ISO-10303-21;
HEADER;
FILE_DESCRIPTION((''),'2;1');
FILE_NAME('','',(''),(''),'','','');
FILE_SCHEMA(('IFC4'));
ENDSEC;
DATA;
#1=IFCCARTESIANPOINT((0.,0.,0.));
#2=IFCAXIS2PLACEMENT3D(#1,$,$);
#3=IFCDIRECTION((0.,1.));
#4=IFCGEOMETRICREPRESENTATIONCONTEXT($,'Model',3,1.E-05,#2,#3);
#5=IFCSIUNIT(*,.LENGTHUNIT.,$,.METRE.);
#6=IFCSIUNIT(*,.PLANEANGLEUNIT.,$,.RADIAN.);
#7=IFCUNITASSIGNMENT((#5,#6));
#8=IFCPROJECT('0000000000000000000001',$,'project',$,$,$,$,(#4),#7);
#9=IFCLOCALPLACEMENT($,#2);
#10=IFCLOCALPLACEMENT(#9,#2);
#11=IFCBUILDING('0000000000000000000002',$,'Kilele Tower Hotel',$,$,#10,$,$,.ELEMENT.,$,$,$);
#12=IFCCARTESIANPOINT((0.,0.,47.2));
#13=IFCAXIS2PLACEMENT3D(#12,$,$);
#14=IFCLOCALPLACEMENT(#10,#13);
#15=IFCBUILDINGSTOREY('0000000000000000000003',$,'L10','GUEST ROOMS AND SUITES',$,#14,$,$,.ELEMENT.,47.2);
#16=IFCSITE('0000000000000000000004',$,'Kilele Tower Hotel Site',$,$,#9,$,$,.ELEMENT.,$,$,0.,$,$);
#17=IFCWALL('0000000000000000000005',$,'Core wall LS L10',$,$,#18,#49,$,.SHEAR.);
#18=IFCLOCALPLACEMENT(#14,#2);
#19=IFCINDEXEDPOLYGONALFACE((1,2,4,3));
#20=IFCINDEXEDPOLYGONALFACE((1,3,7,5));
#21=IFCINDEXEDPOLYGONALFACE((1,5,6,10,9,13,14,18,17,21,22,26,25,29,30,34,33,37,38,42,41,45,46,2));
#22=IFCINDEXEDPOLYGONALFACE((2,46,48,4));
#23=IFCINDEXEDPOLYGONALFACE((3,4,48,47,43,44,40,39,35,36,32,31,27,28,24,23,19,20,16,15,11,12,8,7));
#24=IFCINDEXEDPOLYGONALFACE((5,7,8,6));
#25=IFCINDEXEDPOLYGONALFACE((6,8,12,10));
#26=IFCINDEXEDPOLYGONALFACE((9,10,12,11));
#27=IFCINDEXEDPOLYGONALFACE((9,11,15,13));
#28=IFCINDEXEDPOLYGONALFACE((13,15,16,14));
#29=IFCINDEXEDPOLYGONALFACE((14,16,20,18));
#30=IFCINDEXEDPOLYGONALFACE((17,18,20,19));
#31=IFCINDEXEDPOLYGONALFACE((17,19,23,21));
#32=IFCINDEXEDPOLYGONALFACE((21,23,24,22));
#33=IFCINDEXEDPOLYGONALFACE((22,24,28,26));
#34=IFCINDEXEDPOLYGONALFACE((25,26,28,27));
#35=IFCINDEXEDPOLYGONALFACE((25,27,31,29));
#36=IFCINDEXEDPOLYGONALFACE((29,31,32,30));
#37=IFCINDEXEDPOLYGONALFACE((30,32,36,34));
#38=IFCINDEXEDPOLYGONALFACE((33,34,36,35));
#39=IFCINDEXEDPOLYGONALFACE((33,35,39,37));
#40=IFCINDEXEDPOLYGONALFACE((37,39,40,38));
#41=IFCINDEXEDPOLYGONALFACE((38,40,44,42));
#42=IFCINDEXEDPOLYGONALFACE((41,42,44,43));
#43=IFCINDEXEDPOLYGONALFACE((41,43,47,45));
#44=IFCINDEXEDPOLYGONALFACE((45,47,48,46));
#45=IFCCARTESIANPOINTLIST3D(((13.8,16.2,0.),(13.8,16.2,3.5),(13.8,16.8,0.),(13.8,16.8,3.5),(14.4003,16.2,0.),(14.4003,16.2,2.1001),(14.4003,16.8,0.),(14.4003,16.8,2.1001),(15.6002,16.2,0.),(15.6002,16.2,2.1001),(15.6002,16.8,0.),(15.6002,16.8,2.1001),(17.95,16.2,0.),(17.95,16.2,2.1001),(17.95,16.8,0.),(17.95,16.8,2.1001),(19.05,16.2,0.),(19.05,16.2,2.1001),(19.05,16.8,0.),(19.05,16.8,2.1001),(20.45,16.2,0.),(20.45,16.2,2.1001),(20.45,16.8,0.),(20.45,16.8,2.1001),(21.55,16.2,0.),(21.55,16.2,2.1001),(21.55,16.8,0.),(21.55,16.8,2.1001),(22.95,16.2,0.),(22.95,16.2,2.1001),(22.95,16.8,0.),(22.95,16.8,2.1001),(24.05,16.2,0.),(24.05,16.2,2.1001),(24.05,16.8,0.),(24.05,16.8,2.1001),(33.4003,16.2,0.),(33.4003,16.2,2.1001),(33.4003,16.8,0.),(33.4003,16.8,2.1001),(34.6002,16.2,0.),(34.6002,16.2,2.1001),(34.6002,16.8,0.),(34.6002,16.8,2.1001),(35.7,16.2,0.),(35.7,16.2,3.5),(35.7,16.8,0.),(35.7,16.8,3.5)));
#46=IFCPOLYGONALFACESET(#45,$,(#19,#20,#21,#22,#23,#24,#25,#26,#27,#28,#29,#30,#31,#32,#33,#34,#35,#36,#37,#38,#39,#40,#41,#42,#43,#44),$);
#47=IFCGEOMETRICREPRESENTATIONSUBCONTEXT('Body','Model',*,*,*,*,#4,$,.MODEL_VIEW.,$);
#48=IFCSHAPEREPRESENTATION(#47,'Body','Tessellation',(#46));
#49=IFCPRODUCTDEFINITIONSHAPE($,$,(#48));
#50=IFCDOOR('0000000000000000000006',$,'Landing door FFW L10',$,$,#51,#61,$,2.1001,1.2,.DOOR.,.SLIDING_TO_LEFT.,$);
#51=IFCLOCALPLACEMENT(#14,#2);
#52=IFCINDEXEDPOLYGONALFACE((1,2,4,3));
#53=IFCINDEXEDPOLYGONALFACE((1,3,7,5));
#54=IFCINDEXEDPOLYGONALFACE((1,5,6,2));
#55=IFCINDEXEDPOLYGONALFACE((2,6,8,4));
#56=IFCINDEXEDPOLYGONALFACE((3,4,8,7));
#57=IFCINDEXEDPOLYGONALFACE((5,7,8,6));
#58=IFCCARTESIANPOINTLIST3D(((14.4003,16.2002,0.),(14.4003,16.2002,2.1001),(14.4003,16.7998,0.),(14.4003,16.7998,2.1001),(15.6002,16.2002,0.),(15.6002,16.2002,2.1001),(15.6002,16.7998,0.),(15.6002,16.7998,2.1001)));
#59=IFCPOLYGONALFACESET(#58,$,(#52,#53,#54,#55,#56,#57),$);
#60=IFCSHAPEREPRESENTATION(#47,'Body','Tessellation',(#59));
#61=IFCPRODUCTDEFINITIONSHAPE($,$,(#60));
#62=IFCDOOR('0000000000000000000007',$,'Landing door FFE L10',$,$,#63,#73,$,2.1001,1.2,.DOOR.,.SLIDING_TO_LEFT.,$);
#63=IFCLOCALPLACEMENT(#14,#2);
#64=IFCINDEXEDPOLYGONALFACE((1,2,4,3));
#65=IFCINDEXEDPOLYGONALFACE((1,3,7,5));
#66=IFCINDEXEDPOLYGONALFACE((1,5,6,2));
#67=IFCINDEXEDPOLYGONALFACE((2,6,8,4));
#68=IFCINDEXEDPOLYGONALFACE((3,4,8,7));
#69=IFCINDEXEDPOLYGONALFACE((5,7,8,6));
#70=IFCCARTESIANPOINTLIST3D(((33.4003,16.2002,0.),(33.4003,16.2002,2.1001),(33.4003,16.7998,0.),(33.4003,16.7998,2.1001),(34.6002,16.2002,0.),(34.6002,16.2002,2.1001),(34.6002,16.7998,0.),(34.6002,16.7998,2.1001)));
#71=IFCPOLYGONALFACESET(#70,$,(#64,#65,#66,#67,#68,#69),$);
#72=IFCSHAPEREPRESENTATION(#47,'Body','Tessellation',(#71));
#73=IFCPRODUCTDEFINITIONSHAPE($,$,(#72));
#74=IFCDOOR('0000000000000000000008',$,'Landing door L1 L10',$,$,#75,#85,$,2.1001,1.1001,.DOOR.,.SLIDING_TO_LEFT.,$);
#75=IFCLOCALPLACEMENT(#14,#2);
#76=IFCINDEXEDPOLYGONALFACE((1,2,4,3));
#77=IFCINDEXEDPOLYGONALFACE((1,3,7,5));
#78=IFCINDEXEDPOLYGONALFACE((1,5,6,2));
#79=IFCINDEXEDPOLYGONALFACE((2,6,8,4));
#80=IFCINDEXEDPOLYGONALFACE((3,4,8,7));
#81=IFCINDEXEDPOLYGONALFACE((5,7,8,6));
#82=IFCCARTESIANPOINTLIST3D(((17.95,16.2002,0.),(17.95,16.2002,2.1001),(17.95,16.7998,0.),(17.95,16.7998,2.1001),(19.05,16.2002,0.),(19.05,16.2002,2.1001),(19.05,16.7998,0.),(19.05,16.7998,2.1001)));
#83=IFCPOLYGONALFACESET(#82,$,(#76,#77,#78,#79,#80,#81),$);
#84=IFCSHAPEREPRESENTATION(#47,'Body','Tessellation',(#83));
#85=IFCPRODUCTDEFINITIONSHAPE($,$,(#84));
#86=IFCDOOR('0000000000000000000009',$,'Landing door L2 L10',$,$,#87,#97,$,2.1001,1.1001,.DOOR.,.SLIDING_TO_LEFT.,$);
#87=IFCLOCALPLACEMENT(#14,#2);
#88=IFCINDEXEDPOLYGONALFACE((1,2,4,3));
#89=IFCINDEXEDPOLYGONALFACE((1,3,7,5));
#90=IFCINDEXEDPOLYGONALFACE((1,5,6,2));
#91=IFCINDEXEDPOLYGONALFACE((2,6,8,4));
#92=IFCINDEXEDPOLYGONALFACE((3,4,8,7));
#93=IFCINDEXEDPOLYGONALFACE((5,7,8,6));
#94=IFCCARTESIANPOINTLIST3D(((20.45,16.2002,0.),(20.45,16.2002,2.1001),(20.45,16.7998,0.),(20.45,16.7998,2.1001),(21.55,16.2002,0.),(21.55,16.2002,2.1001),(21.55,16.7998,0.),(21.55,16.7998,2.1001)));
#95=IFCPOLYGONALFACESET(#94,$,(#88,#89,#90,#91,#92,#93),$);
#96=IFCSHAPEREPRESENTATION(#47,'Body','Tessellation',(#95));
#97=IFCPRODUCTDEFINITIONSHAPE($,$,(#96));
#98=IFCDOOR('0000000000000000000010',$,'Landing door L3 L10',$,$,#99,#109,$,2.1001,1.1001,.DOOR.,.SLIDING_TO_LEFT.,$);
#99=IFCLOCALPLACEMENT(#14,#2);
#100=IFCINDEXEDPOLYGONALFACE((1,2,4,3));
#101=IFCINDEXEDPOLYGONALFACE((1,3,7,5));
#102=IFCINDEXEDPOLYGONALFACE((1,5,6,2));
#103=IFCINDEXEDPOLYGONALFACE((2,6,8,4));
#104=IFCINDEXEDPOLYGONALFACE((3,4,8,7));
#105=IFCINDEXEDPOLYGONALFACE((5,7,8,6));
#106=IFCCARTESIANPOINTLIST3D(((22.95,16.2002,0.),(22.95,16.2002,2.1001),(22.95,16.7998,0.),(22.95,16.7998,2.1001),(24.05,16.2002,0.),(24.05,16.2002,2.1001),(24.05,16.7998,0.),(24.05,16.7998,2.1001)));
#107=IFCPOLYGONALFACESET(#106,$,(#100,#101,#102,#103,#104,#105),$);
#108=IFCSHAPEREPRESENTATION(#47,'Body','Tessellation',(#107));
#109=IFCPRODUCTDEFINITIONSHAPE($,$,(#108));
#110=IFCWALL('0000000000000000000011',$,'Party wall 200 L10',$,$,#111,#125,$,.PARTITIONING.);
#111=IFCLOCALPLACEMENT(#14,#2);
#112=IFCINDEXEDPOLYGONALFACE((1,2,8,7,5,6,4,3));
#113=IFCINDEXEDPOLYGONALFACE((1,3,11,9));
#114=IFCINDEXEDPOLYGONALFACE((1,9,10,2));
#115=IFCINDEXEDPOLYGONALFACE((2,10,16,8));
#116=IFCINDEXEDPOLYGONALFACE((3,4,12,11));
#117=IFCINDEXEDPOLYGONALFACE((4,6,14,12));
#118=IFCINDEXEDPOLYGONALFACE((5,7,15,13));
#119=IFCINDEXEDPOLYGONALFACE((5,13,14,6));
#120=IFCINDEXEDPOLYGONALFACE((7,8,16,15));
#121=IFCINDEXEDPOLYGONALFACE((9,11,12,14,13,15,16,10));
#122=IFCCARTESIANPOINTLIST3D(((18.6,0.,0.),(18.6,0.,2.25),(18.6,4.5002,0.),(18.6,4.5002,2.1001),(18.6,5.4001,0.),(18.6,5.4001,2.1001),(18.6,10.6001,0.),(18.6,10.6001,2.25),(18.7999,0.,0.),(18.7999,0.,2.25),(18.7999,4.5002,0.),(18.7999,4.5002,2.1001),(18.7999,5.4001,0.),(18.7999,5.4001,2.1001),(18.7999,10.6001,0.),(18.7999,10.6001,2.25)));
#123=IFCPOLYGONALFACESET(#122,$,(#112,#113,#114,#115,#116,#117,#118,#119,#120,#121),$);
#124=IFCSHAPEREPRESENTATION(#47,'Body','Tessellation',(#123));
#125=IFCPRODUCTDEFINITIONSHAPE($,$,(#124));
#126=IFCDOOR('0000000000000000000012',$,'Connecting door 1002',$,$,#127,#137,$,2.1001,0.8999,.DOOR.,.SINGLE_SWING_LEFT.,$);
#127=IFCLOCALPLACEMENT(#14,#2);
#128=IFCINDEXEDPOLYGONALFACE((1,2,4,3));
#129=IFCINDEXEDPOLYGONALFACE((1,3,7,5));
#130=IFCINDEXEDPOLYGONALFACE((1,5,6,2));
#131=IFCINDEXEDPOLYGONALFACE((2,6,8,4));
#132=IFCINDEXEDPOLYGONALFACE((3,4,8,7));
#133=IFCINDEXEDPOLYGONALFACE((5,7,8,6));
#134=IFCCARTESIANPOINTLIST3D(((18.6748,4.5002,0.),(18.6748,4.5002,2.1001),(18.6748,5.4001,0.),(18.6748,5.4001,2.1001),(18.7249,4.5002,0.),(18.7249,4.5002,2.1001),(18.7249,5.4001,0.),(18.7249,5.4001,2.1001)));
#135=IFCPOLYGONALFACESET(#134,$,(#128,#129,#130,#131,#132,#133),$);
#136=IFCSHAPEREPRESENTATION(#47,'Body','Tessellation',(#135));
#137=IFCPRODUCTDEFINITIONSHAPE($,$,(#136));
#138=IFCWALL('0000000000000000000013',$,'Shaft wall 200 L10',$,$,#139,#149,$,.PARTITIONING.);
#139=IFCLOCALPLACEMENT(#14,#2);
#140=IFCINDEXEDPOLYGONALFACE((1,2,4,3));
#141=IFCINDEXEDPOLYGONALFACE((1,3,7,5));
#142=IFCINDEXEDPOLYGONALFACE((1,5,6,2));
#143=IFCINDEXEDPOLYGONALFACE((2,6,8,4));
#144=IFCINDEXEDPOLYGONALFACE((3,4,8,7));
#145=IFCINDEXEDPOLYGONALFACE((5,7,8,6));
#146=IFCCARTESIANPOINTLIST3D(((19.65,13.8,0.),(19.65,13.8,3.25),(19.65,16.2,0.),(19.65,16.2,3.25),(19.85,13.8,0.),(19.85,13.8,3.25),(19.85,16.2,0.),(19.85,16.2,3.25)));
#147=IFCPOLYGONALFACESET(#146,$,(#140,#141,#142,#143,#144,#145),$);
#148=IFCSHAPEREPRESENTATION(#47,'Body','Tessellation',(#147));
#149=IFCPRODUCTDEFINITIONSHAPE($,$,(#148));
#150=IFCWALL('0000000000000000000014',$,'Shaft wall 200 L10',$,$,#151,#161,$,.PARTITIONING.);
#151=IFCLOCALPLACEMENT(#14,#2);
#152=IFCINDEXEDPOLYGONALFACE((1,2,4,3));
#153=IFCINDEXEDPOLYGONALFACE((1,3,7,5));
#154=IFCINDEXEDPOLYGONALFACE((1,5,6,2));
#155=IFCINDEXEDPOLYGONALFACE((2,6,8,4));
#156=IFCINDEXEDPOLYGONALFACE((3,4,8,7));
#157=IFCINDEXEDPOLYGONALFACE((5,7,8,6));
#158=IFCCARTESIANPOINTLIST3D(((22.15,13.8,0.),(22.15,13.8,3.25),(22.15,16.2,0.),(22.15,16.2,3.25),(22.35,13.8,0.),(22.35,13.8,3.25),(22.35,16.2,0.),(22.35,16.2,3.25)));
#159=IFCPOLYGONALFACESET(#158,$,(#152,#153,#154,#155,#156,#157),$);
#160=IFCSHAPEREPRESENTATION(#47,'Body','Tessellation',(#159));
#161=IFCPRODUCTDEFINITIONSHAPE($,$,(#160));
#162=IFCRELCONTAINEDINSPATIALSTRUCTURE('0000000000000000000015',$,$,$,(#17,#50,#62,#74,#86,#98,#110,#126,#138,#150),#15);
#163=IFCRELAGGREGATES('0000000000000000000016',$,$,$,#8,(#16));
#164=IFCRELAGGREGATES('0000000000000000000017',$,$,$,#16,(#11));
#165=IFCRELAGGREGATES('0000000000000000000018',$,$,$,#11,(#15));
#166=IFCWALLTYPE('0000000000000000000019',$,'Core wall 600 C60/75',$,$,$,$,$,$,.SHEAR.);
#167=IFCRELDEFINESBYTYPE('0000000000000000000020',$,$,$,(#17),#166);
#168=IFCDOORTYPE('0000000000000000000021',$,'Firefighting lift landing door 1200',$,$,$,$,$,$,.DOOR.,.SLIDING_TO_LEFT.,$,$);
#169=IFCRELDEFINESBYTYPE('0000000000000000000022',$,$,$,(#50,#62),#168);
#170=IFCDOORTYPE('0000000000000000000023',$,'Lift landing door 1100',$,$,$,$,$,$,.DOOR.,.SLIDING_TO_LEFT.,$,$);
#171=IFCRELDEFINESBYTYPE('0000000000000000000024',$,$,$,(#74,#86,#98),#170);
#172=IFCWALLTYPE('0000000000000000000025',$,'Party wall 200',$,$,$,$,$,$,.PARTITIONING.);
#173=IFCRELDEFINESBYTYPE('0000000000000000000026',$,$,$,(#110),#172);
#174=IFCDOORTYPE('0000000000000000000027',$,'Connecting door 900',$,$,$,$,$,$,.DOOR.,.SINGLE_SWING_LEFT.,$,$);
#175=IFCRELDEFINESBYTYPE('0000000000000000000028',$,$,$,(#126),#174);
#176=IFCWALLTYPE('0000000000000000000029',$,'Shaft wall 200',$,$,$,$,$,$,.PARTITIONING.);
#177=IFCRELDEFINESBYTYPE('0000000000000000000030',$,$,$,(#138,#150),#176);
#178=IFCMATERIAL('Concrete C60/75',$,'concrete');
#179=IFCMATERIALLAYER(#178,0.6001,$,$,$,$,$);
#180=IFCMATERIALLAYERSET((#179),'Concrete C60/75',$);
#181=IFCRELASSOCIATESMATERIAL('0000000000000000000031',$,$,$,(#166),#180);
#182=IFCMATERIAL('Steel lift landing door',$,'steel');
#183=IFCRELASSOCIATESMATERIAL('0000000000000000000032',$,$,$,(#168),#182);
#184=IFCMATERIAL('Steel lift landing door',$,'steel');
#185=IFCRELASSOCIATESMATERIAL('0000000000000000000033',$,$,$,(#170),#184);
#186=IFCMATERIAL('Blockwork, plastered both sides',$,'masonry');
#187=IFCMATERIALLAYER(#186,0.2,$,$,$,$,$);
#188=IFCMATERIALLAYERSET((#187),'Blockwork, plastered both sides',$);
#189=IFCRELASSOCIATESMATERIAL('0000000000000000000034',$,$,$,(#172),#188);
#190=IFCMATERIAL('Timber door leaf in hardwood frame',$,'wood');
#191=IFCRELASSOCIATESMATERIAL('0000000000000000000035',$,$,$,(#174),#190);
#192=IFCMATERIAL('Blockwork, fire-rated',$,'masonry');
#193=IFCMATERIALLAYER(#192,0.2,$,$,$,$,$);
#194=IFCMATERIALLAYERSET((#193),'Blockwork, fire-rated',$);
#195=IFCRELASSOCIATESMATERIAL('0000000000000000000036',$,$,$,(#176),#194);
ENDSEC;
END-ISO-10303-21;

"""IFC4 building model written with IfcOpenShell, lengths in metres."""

from ifc_helpers import new_model, si_unit, direction, frame, frame_2d, origin, place, context, subcontext, project, spatial, rectangle, extrude, material, layer, layer_set, type_object, element, fill, save


model = new_model("IFC4")

# Units and contexts
model_context = context("Model", 3, precision=1e-05, world=origin(), true_north=direction((0.0, 1.0)))
body_context = subcontext(model_context, "Body", "Model", "MODEL_VIEW")
ifc_project = project(units=[si_unit("LENGTHUNIT", "METRE"), si_unit("PLANEANGLEUNIT", "RADIAN")], contexts=[model_context])

# Site, building, storey
site_placement = place(None, origin())
site = spatial("IfcSite", under=ifc_project, at=site_placement, Name="Kilele Tower Hotel Site", CompositionType="ELEMENT", RefElevation=0.0)
building_placement = place(site_placement, origin())
building = spatial("IfcBuilding", under=site, at=building_placement, Name="Kilele Tower Hotel", CompositionType="ELEMENT")
storey_placement = place(building_placement, frame((0.0, 0.0, 47.2)))
storey = spatial("IfcBuildingStorey", under=building, at=storey_placement, Name="L10", Description="GUEST ROOMS AND SUITES", CompositionType="ELEMENT", Elevation=47.2)

# Shared definitions
ifc_material_1 = material(Name="Concrete C60/75", Category="concrete")
ifc_layer_1 = layer(ifc_material_1, 0.6001)
ifc_layer_set_1 = layer_set([ifc_layer_1], Name="Concrete C60/75")
wall_type_1 = type_object("IfcWallType", Name="Core wall 600 C60/75", PredefinedType="SHEAR", material=ifc_layer_set_1)

# Wall, openings, doors
wall_1_placement = place(storey_placement, frame((13.8, 16.5, 0.0), z_axis=(0.0, 0.0, 1.0), x_axis=(1.0, 0.0, 0.0)))
wall_1 = element("IfcWall", 1, at=wall_1_placement, inside=storey, type_object=wall_type_1, Name="Core wall LS L10", PredefinedType="SHEAR", context=body_context, shape_type="SweptSolid", body=[
    extrude(rectangle(XDim=21.8999, YDim=0.6001, at=frame_2d((10.95, 0.0))), origin(), (0.0, 0.0, 1.0), 3.5),
])
opening_1_placement = place(wall_1_placement, frame((4.1499, 0.0, 0.0)))
opening_1 = element("IfcOpeningElement", 2, at=opening_1_placement, cuts=wall_1, PredefinedType="OPENING", context=body_context, shape_type="SweptSolid", body=[
    extrude(rectangle(XDim=1.1001, YDim=2.1001, at=frame_2d((0.55, 1.05))), frame((0.0, 0.3101, 0.0), z_axis=(0.0, -1.0, 0.0), x_axis=(1.0, 0.0, 0.0)), (0.0, 0.0, 1.0), 0.6201),
])
opening_2_placement = place(wall_1_placement, frame((6.6499, 0.0, 0.0)))
opening_2 = element("IfcOpeningElement", 3, at=opening_2_placement, cuts=wall_1, PredefinedType="OPENING", context=body_context, shape_type="SweptSolid", body=[
    extrude(rectangle(XDim=1.1001, YDim=2.1001, at=frame_2d((0.55, 1.05))), frame((0.0, 0.3101, 0.0), z_axis=(0.0, -1.0, 0.0), x_axis=(1.0, 0.0, 0.0)), (0.0, 0.0, 1.0), 0.6201),
])
opening_3_placement = place(wall_1_placement, frame((9.1499, 0.0, 0.0)))
opening_3 = element("IfcOpeningElement", 4, at=opening_3_placement, cuts=wall_1, PredefinedType="OPENING", context=body_context, shape_type="SweptSolid", body=[
    extrude(rectangle(XDim=1.1001, YDim=2.1001, at=frame_2d((0.55, 1.05))), frame((0.0, 0.3101, 0.0), z_axis=(0.0, -1.0, 0.0), x_axis=(1.0, 0.0, 0.0)), (0.0, 0.0, 1.0), 0.6201),
])
opening_4_placement = place(wall_1_placement, frame((0.6001, 0.0, 0.0)))
opening_4 = element("IfcOpeningElement", 5, at=opening_4_placement, cuts=wall_1, PredefinedType="OPENING", context=body_context, shape_type="SweptSolid", body=[
    extrude(rectangle(XDim=1.2, YDim=2.1001, at=frame_2d((0.6001, 1.05))), frame((0.0, 0.3101, 0.0), z_axis=(0.0, -1.0, 0.0), x_axis=(1.0, 0.0, 0.0)), (0.0, 0.0, 1.0), 0.6201),
])
opening_5_placement = place(wall_1_placement, frame((19.6001, 0.0, 0.0)))
opening_5 = element("IfcOpeningElement", 6, at=opening_5_placement, cuts=wall_1, PredefinedType="OPENING", context=body_context, shape_type="SweptSolid", body=[
    extrude(rectangle(XDim=1.2, YDim=2.1001, at=frame_2d((0.6001, 1.05))), frame((0.0, 0.3101, 0.0), z_axis=(0.0, -1.0, 0.0), x_axis=(1.0, 0.0, 0.0)), (0.0, 0.0, 1.0), 0.6201),
])
ifc_material_2 = material(Name="Steel lift landing door", Category="steel")
door_type_1 = type_object("IfcDoorType", Name="Firefighting lift landing door 1200", OperationType="SLIDING_TO_LEFT", PredefinedType="DOOR", material=ifc_material_2)
door_1_placement = place(opening_4_placement, origin())
door_1 = element("IfcDoor", 7, at=door_1_placement, inside=storey, type_object=door_type_1, Name="Landing door FFW L10", OperationType="SLIDING_TO_LEFT", OverallHeight=2.1001, OverallWidth=1.2, PredefinedType="DOOR", context=body_context, shape_type="SweptSolid", body=[
    extrude(rectangle(XDim=1.2, YDim=2.1001, at=frame_2d((0.6001, 1.05))), frame((0.0, 0.2998, 0.0), z_axis=(0.0, -1.0, 0.0), x_axis=(1.0, 0.0, 0.0)), (0.0, 0.0, 1.0), 0.5996),
])
fill(opening_4, door_1)
door_2_placement = place(opening_5_placement, origin())
door_2 = element("IfcDoor", 8, at=door_2_placement, inside=storey, type_object=door_type_1, Name="Landing door FFE L10", OperationType="SLIDING_TO_LEFT", OverallHeight=2.1001, OverallWidth=1.2, PredefinedType="DOOR", context=body_context, shape_type="SweptSolid", body=[
    extrude(rectangle(XDim=1.2, YDim=2.1001, at=frame_2d((0.6001, 1.05))), frame((0.0, 0.2998, 0.0), z_axis=(0.0, -1.0, 0.0), x_axis=(1.0, 0.0, 0.0)), (0.0, 0.0, 1.0), 0.5996),
])
fill(opening_5, door_2)
ifc_material_3 = material(Name="Steel lift landing door", Category="steel")
door_type_2 = type_object("IfcDoorType", Name="Lift landing door 1100", OperationType="SLIDING_TO_LEFT", PredefinedType="DOOR", material=ifc_material_3)
door_3_placement = place(opening_1_placement, origin())
door_3 = element("IfcDoor", 9, at=door_3_placement, inside=storey, type_object=door_type_2, Name="Landing door L1 L10", OperationType="SLIDING_TO_LEFT", OverallHeight=2.1001, OverallWidth=1.1001, PredefinedType="DOOR", context=body_context, shape_type="SweptSolid", body=[
    extrude(rectangle(XDim=1.1001, YDim=2.1001, at=frame_2d((0.55, 1.05))), frame((0.0, 0.2998, 0.0), z_axis=(0.0, -1.0, 0.0), x_axis=(1.0, 0.0, 0.0)), (0.0, 0.0, 1.0), 0.5996),
])
fill(opening_1, door_3)
door_4_placement = place(opening_2_placement, origin())
door_4 = element("IfcDoor", 10, at=door_4_placement, inside=storey, type_object=door_type_2, Name="Landing door L2 L10", OperationType="SLIDING_TO_LEFT", OverallHeight=2.1001, OverallWidth=1.1001, PredefinedType="DOOR", context=body_context, shape_type="SweptSolid", body=[
    extrude(rectangle(XDim=1.1001, YDim=2.1001, at=frame_2d((0.55, 1.05))), frame((0.0, 0.2998, 0.0), z_axis=(0.0, -1.0, 0.0), x_axis=(1.0, 0.0, 0.0)), (0.0, 0.0, 1.0), 0.5996),
])
fill(opening_2, door_4)
door_5_placement = place(opening_3_placement, origin())
door_5 = element("IfcDoor", 11, at=door_5_placement, inside=storey, type_object=door_type_2, Name="Landing door L3 L10", OperationType="SLIDING_TO_LEFT", OverallHeight=2.1001, OverallWidth=1.1001, PredefinedType="DOOR", context=body_context, shape_type="SweptSolid", body=[
    extrude(rectangle(XDim=1.1001, YDim=2.1001, at=frame_2d((0.55, 1.05))), frame((0.0, 0.2998, 0.0), z_axis=(0.0, -1.0, 0.0), x_axis=(1.0, 0.0, 0.0)), (0.0, 0.0, 1.0), 0.5996),
])
fill(opening_3, door_5)

# Wall, opening, door
ifc_material_4 = material(Name="Blockwork, plastered both sides", Category="masonry")
ifc_layer_2 = layer(ifc_material_4, 0.2)
ifc_layer_set_2 = layer_set([ifc_layer_2], Name="Blockwork, plastered both sides")
wall_type_2 = type_object("IfcWallType", Name="Party wall 200", PredefinedType="PARTITIONING", material=ifc_layer_set_2)
wall_2_placement = place(storey_placement, frame((18.7, 10.6001, 0.0), z_axis=(0.0, 0.0, 1.0), x_axis=(0.0, -1.0, 0.0)))
wall_2 = element("IfcWall", 12, at=wall_2_placement, inside=storey, type_object=wall_type_2, Name="Party wall 200 L10", PredefinedType="PARTITIONING", context=body_context, shape_type="SweptSolid", body=[
    extrude(rectangle(XDim=10.6001, YDim=0.2, at=frame_2d((5.3, 0.0))), origin(), (0.0, 0.0, 1.0), 2.25),
])
opening_6_placement = place(wall_2_placement, frame((5.2, 0.0, 0.0)))
opening_6 = element("IfcOpeningElement", 13, at=opening_6_placement, cuts=wall_2, PredefinedType="OPENING", context=body_context, shape_type="SweptSolid", body=[
    extrude(rectangle(XDim=0.8999, YDim=2.1001, at=frame_2d((0.45, 1.05))), frame((0.0, 0.1099, 0.0), z_axis=(0.0, -1.0, 0.0), x_axis=(1.0, 0.0, 0.0)), (0.0, 0.0, 1.0), 0.22),
])
ifc_material_5 = material(Name="Timber door leaf in hardwood frame", Category="wood")
door_type_3 = type_object("IfcDoorType", Name="Connecting door 900", OperationType="SINGLE_SWING_LEFT", PredefinedType="DOOR", material=ifc_material_5)
door_6_placement = place(opening_6_placement, origin())
door_6 = element("IfcDoor", 14, at=door_6_placement, inside=storey, type_object=door_type_3, Name="Connecting door 1002", OperationType="SINGLE_SWING_LEFT", OverallHeight=2.1001, OverallWidth=0.8999, PredefinedType="DOOR", context=body_context, shape_type="SweptSolid", body=[
    extrude(rectangle(XDim=0.8999, YDim=2.1001, at=frame_2d((0.45, 1.05))), frame((0.0, 0.0249, 0.0), z_axis=(0.0, -1.0, 0.0), x_axis=(1.0, 0.0, 0.0)), (0.0, 0.0, 1.0), 0.05),
])
fill(opening_6, door_6)

# Walls
ifc_material_6 = material(Name="Blockwork, fire-rated", Category="masonry")
ifc_layer_3 = layer(ifc_material_6, 0.2)
ifc_layer_set_3 = layer_set([ifc_layer_3], Name="Blockwork, fire-rated")
wall_type_3 = type_object("IfcWallType", Name="Shaft wall 200", PredefinedType="PARTITIONING", material=ifc_layer_set_3)
for number, where, z_axis, x_axis, name in (
    (15, (19.75, 13.8, 0.0), (0.0, 0.0, 1.0), (0.0, 1.0, 0.0), "Shaft wall 200 L10"),
    (16, (22.25, 13.8, 0.0), (0.0, 0.0, 1.0), (0.0, 1.0, 0.0), "Shaft wall 200 L10"),
):
    element("IfcWall", number, at=place(storey_placement, frame(where, z_axis=z_axis, x_axis=x_axis)), inside=storey, type_object=wall_type_3, Name=name, PredefinedType="PARTITIONING", context=body_context, shape_type="SweptSolid", body=[
        extrude(rectangle(XDim=2.3999, YDim=0.2, at=frame_2d((1.2, 0.0))), origin(), (0.0, 0.0, 1.0), 3.25),
    ])

save(model, "model.ifc")
